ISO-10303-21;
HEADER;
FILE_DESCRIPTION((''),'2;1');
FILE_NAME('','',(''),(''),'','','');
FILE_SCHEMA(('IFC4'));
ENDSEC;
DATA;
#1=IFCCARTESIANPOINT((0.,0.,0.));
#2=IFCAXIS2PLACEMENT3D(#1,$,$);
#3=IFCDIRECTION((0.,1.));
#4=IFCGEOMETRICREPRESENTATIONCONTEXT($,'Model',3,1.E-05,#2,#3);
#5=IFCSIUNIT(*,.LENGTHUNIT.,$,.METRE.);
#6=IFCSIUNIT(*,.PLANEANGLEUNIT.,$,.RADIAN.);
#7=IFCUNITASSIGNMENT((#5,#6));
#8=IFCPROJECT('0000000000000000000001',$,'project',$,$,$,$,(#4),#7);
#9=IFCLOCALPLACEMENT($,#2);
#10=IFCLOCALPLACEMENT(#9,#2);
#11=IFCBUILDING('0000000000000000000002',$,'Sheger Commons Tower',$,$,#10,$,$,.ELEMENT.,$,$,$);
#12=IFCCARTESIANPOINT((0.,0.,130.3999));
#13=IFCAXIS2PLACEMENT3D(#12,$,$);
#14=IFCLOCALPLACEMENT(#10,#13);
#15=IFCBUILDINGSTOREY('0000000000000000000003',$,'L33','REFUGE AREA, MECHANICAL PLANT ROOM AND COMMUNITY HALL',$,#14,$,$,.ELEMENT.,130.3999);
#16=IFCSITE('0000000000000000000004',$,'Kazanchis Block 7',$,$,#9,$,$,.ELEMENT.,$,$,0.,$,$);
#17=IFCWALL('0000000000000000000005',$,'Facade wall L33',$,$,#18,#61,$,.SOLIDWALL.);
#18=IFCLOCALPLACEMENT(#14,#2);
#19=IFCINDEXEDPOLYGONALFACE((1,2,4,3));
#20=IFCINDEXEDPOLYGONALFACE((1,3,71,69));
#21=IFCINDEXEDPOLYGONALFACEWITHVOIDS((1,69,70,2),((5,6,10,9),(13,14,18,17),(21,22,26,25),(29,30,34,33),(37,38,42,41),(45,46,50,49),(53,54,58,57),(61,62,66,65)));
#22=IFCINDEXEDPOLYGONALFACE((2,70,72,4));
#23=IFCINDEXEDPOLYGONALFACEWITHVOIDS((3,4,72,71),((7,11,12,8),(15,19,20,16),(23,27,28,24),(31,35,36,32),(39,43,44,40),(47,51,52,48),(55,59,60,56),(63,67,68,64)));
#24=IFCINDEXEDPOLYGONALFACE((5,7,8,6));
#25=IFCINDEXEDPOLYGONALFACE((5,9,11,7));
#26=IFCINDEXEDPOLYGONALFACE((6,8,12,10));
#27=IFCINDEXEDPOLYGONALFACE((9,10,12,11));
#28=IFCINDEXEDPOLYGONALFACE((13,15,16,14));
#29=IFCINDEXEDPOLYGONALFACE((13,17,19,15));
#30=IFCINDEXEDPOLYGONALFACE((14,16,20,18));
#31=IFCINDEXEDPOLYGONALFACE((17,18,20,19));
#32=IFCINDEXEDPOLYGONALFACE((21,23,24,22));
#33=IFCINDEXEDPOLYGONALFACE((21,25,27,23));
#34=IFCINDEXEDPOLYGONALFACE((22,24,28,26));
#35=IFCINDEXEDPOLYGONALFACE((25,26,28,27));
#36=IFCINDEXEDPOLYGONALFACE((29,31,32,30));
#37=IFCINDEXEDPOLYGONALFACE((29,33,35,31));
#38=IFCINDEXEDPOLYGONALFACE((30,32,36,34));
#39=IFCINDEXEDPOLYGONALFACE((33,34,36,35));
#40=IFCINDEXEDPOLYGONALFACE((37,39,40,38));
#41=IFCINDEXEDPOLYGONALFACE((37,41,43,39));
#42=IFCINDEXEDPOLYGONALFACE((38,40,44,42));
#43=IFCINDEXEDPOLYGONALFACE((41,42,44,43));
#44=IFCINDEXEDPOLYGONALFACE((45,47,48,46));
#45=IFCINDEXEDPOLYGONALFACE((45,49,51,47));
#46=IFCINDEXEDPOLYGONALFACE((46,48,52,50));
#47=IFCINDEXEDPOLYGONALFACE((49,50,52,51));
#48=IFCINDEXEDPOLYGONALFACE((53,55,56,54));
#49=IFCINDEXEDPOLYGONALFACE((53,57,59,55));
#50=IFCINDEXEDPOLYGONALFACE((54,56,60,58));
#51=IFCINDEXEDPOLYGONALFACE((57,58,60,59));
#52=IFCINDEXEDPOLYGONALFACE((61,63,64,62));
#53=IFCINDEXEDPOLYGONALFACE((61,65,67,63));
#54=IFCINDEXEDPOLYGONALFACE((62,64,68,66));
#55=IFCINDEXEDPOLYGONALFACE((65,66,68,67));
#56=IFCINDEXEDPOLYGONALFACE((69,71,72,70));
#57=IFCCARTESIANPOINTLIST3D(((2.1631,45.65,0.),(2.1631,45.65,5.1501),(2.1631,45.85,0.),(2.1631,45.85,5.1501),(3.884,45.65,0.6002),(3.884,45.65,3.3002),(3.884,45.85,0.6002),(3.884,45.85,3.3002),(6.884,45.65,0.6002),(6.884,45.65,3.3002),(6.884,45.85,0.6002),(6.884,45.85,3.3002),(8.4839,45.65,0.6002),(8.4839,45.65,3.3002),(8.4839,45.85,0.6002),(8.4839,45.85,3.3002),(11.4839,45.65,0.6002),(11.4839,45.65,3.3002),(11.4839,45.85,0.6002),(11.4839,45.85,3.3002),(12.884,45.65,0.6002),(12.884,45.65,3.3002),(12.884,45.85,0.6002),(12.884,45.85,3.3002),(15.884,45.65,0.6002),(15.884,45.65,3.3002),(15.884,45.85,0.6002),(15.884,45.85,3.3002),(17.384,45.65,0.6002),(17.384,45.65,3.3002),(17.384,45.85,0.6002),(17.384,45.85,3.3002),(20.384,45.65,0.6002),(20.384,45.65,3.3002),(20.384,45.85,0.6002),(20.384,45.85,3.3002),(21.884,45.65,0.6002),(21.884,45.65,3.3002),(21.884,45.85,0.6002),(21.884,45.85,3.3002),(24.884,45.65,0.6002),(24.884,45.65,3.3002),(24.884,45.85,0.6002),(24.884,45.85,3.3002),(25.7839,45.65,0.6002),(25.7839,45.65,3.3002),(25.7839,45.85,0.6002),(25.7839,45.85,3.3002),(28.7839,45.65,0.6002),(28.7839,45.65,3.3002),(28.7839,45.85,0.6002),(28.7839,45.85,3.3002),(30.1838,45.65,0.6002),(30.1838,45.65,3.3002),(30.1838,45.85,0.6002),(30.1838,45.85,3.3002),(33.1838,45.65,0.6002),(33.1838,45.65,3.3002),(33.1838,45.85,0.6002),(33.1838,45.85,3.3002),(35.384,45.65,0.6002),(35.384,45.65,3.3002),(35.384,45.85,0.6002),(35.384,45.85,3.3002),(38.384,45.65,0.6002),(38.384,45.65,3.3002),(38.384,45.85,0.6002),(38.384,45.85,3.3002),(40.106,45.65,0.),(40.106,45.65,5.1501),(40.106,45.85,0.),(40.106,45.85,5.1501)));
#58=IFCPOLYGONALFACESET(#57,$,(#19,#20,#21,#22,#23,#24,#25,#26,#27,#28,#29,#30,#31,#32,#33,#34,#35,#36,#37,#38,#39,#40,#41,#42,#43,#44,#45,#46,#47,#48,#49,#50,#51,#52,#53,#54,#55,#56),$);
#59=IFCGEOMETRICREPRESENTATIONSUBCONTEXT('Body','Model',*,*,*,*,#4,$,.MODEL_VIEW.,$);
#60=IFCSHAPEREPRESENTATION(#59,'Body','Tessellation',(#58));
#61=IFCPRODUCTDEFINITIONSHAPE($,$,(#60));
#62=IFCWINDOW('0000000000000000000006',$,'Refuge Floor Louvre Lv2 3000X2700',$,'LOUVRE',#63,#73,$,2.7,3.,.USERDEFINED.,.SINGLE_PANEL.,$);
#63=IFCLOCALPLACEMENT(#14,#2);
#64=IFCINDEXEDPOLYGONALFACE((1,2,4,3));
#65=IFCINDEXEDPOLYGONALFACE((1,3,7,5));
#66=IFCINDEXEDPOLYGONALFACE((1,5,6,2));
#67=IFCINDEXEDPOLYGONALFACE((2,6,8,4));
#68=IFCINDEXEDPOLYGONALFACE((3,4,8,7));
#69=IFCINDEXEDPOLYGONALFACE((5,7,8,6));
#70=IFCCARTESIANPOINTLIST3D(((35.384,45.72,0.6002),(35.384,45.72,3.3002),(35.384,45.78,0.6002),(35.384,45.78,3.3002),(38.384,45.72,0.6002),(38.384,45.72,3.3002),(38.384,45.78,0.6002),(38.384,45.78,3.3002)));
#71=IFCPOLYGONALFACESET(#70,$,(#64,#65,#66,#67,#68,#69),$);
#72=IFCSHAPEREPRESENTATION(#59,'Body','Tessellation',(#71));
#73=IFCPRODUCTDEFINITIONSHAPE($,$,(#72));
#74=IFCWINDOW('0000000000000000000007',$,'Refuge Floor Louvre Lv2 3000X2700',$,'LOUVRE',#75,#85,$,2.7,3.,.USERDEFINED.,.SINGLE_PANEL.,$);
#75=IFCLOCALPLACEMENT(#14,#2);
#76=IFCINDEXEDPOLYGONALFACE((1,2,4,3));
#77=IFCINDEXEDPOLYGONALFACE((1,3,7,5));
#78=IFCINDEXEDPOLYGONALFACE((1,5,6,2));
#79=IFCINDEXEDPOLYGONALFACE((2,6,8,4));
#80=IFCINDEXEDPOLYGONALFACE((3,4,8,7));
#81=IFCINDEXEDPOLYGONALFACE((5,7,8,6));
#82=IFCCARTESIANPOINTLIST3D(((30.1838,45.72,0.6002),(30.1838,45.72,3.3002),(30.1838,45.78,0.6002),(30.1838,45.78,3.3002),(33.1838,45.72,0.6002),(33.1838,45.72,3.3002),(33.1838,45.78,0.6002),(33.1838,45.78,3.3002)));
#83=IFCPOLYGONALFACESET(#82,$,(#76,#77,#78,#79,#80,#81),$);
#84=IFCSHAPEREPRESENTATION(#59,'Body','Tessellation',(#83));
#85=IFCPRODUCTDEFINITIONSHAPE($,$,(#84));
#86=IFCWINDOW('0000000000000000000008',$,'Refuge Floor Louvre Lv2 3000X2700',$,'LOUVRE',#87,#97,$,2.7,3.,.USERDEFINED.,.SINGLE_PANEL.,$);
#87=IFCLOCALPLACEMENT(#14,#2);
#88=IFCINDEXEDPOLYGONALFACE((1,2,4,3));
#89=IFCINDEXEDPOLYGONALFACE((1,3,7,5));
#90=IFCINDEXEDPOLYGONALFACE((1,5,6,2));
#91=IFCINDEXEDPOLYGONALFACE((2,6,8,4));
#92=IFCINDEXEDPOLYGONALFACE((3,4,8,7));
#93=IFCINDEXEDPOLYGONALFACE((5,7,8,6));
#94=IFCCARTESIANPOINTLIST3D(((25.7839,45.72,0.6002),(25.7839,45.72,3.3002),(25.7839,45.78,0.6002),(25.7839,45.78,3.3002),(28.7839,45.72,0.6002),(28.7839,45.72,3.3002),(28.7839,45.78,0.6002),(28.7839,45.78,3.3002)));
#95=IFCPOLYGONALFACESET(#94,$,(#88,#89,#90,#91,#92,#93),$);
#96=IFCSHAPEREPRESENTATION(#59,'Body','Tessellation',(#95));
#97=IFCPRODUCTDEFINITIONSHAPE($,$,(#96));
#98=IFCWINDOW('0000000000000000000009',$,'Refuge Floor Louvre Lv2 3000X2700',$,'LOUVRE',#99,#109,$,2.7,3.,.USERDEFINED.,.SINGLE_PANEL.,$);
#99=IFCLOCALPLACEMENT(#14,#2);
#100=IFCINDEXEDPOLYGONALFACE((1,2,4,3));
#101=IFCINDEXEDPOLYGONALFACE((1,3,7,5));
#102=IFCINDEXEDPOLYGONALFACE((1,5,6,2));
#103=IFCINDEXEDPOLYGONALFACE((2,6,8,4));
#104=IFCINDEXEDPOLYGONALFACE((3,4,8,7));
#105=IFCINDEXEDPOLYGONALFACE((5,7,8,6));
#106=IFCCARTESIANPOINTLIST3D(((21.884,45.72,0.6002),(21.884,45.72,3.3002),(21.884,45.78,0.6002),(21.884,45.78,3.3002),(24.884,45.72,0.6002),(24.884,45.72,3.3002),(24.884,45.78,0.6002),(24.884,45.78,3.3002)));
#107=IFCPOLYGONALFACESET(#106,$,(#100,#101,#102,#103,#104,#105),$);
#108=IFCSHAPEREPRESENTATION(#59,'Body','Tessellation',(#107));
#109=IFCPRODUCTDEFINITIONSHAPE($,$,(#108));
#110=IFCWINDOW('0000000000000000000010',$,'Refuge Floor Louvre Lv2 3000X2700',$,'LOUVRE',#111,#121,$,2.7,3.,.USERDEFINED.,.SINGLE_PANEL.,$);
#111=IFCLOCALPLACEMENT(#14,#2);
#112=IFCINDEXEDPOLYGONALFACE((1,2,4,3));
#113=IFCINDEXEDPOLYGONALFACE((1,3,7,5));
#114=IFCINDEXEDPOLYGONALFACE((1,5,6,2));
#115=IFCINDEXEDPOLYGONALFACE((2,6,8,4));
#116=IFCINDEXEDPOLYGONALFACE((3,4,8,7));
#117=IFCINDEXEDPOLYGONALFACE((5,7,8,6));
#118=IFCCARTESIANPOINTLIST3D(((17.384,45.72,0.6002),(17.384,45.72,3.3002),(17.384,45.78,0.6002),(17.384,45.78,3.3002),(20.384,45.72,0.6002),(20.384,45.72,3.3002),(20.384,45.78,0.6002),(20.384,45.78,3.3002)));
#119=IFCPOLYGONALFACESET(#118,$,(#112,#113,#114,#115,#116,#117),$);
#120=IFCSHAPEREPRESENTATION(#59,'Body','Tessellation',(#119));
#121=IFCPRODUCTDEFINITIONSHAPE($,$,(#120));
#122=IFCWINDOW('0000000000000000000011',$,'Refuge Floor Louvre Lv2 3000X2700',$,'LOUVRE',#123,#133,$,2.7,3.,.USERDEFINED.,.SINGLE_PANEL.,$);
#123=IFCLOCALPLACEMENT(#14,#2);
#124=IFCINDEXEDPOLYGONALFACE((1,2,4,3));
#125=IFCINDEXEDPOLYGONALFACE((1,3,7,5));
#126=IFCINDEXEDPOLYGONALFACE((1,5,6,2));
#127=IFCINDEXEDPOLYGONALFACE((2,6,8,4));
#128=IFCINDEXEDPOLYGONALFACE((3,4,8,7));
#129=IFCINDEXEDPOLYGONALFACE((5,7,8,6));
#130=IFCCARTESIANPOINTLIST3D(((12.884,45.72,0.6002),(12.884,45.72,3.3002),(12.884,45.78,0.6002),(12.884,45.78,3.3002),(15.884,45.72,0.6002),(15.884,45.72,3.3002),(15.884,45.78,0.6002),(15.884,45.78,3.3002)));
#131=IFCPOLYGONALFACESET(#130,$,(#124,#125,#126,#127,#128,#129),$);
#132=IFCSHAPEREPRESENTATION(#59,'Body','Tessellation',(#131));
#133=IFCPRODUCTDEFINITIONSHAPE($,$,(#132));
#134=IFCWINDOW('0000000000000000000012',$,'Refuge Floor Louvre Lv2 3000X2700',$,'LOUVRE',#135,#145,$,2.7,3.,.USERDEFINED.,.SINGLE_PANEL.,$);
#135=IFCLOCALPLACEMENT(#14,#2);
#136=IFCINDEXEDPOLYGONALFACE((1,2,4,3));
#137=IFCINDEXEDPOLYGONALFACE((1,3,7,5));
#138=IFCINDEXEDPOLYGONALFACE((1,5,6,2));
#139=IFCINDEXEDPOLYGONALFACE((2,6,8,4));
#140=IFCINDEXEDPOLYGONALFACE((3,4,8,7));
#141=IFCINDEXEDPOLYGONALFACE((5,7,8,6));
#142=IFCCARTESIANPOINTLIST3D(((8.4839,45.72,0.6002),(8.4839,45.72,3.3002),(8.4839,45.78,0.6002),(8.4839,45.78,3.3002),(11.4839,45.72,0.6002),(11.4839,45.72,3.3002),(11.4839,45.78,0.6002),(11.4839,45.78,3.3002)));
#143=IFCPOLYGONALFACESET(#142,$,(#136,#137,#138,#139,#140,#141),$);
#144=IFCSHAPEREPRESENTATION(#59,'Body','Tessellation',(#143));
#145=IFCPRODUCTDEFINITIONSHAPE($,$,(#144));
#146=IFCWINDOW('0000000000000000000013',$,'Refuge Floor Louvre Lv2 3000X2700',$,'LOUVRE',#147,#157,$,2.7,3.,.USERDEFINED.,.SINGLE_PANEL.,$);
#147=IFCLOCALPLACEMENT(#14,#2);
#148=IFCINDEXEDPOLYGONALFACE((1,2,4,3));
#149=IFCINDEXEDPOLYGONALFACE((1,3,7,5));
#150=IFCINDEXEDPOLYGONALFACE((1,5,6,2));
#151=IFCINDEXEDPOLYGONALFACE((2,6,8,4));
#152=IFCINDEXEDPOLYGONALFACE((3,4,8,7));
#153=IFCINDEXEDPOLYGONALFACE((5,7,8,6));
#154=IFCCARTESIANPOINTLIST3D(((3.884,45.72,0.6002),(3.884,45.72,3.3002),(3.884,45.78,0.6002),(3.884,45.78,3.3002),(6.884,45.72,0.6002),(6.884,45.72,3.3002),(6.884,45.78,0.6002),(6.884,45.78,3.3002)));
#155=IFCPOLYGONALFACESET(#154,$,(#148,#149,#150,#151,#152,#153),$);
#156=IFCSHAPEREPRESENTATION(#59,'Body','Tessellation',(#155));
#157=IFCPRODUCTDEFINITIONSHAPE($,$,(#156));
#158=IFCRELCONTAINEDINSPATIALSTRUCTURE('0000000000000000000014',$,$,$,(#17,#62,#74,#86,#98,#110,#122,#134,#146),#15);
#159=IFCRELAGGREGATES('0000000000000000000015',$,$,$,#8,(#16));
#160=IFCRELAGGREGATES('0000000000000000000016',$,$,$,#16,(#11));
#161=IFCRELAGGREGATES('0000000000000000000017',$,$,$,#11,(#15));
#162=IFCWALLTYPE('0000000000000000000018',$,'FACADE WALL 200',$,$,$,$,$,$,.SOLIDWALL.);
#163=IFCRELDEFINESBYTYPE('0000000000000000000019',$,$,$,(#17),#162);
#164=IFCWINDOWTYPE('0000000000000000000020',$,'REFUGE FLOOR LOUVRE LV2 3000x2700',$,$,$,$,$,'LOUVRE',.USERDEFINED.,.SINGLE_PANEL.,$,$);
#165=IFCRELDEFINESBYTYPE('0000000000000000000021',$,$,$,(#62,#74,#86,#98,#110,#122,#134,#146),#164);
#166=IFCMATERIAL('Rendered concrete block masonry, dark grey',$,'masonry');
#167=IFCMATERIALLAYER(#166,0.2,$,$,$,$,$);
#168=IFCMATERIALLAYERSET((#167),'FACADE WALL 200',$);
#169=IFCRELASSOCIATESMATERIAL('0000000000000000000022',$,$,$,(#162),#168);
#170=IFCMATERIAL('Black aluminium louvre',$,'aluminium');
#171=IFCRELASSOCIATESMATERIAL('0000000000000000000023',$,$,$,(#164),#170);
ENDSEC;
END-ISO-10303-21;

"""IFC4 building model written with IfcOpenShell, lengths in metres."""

from ifc_helpers import new_model, si_unit, direction, frame, frame_2d, origin, place, context, subcontext, project, spatial, rectangle, extrude, material, layer, layer_set, type_object, element, fill, save


model = new_model("IFC4")

# Units and contexts
model_context = context("Model", 3, precision=1e-05, world=origin(), true_north=direction((0.0, 1.0)))
body_context = subcontext(model_context, "Body", "Model", "MODEL_VIEW")
ifc_project = project(units=[si_unit("LENGTHUNIT", "METRE"), si_unit("PLANEANGLEUNIT", "RADIAN")], contexts=[model_context])

# Site, building, storey
site_placement = place(None, origin())
site = spatial("IfcSite", under=ifc_project, at=site_placement, Name="Kazanchis Block 7", CompositionType="ELEMENT", RefElevation=0.0)
building_placement = place(site_placement, origin())
building = spatial("IfcBuilding", under=site, at=building_placement, Name="Sheger Commons Tower", CompositionType="ELEMENT")
storey_placement = place(building_placement, frame((0.0, 0.0, 130.3999)))
storey = spatial("IfcBuildingStorey", under=building, at=storey_placement, Name="L33", Description="REFUGE AREA, MECHANICAL PLANT ROOM AND COMMUNITY HALL", CompositionType="ELEMENT", Elevation=130.3999)

# Shared definitions
ifc_material_1 = material(Name="Rendered concrete block masonry, dark grey", Category="masonry")
ifc_layer_1 = layer(ifc_material_1, 0.2)
ifc_layer_set_1 = layer_set([ifc_layer_1], Name="FACADE WALL 200")
wall_type = type_object("IfcWallType", Name="FACADE WALL 200", PredefinedType="SOLIDWALL", material=ifc_layer_set_1)

# Wall, openings, windows
wall_1_placement = place(storey_placement, frame((40.106, 45.75, 0.0), z_axis=(0.0, 0.0, 1.0), x_axis=(-1.0, 0.0, 0.0)))
wall_1 = element("IfcWall", 1, at=wall_1_placement, inside=storey, type_object=wall_type, Name="Facade wall L33", PredefinedType="SOLIDWALL", context=body_context, shape_type="SweptSolid", body=[
    extrude(rectangle(XDim=37.9429, YDim=0.2, at=frame_2d((18.9714, 0.0))), origin(), (0.0, 0.0, 1.0), 5.1501),
])
opening_1_placement = place(wall_1_placement, frame((1.7219, 0.0, 0.6001)))
opening_1 = element("IfcOpeningElement", 2, at=opening_1_placement, cuts=wall_1, PredefinedType="OPENING", context=body_context, shape_type="SweptSolid", body=[
    extrude(rectangle(XDim=3.0, YDim=2.7, at=frame_2d((1.5, 1.3501))), frame((0.0, 0.1099, 0.0), z_axis=(0.0, -1.0, 0.0), x_axis=(1.0, 0.0, 0.0)), (0.0, 0.0, 1.0), 0.22),
])
opening_2_placement = place(wall_1_placement, frame((6.9221, 0.0, 0.6001)))
opening_2 = element("IfcOpeningElement", 3, at=opening_2_placement, cuts=wall_1, PredefinedType="OPENING", context=body_context, shape_type="SweptSolid", body=[
    extrude(rectangle(XDim=3.0, YDim=2.7, at=frame_2d((1.5, 1.3501))), frame((0.0, 0.1099, 0.0), z_axis=(0.0, -1.0, 0.0), x_axis=(1.0, 0.0, 0.0)), (0.0, 0.0, 1.0), 0.22),
])
opening_3_placement = place(wall_1_placement, frame((11.322, 0.0, 0.6001)))
opening_3 = element("IfcOpeningElement", 4, at=opening_3_placement, cuts=wall_1, PredefinedType="OPENING", context=body_context, shape_type="SweptSolid", body=[
    extrude(rectangle(XDim=3.0, YDim=2.7, at=frame_2d((1.5, 1.3501))), frame((0.0, 0.1099, 0.0), z_axis=(0.0, -1.0, 0.0), x_axis=(1.0, 0.0, 0.0)), (0.0, 0.0, 1.0), 0.22),
])
opening_4_placement = place(wall_1_placement, frame((15.2219, 0.0, 0.6001)))
opening_4 = element("IfcOpeningElement", 5, at=opening_4_placement, cuts=wall_1, PredefinedType="OPENING", context=body_context, shape_type="SweptSolid", body=[
    extrude(rectangle(XDim=3.0, YDim=2.7, at=frame_2d((1.5, 1.3501))), frame((0.0, 0.1099, 0.0), z_axis=(0.0, -1.0, 0.0), x_axis=(1.0, 0.0, 0.0)), (0.0, 0.0, 1.0), 0.22),
])
opening_5_placement = place(wall_1_placement, frame((19.7219, 0.0, 0.6001)))
opening_5 = element("IfcOpeningElement", 6, at=opening_5_placement, cuts=wall_1, PredefinedType="OPENING", context=body_context, shape_type="SweptSolid", body=[
    extrude(rectangle(XDim=3.0, YDim=2.7, at=frame_2d((1.5, 1.3501))), frame((0.0, 0.1099, 0.0), z_axis=(0.0, -1.0, 0.0), x_axis=(1.0, 0.0, 0.0)), (0.0, 0.0, 1.0), 0.22),
])
opening_6_placement = place(wall_1_placement, frame((24.2219, 0.0, 0.6001)))
opening_6 = element("IfcOpeningElement", 7, at=opening_6_placement, cuts=wall_1, PredefinedType="OPENING", context=body_context, shape_type="SweptSolid", body=[
    extrude(rectangle(XDim=3.0, YDim=2.7, at=frame_2d((1.5, 1.3501))), frame((0.0, 0.1099, 0.0), z_axis=(0.0, -1.0, 0.0), x_axis=(1.0, 0.0, 0.0)), (0.0, 0.0, 1.0), 0.22),
])
opening_7_placement = place(wall_1_placement, frame((28.6221, 0.0, 0.6001)))
opening_7 = element("IfcOpeningElement", 8, at=opening_7_placement, cuts=wall_1, PredefinedType="OPENING", context=body_context, shape_type="SweptSolid", body=[
    extrude(rectangle(XDim=3.0, YDim=2.7, at=frame_2d((1.5, 1.3501))), frame((0.0, 0.1099, 0.0), z_axis=(0.0, -1.0, 0.0), x_axis=(1.0, 0.0, 0.0)), (0.0, 0.0, 1.0), 0.22),
])
opening_8_placement = place(wall_1_placement, frame((33.2219, 0.0, 0.6001)))
opening_8 = element("IfcOpeningElement", 9, at=opening_8_placement, cuts=wall_1, PredefinedType="OPENING", context=body_context, shape_type="SweptSolid", body=[
    extrude(rectangle(XDim=3.0, YDim=2.7, at=frame_2d((1.5, 1.3501))), frame((0.0, 0.1099, 0.0), z_axis=(0.0, -1.0, 0.0), x_axis=(1.0, 0.0, 0.0)), (0.0, 0.0, 1.0), 0.22),
])
ifc_material_2 = material(Name="Black aluminium louvre", Category="aluminium")
window_type = type_object("IfcWindowType", Name="REFUGE FLOOR LOUVRE LV2 3000x2700", ElementType="LOUVRE", PartitioningType="SINGLE_PANEL", PredefinedType="USERDEFINED", material=ifc_material_2)
window_1_placement = place(opening_1_placement, origin())
window_1 = element("IfcWindow", 10, at=window_1_placement, inside=storey, type_object=window_type, Name="Refuge Floor Louvre Lv2 3000X2700", ObjectType="LOUVRE", OverallHeight=2.7, OverallWidth=3.0, PartitioningType="SINGLE_PANEL", PredefinedType="USERDEFINED", context=body_context, shape_type="SweptSolid", body=[
    extrude(rectangle(XDim=3.0, YDim=2.7, at=frame_2d((1.5, 1.3501))), frame((0.0, 0.03, 0.0), z_axis=(0.0, -1.0, 0.0), x_axis=(1.0, 0.0, 0.0)), (0.0, 0.0, 1.0), 0.0601),
])
fill(opening_1, window_1)
window_2_placement = place(opening_2_placement, origin())
window_2 = element("IfcWindow", 11, at=window_2_placement, inside=storey, type_object=window_type, Name="Refuge Floor Louvre Lv2 3000X2700", ObjectType="LOUVRE", OverallHeight=2.7, OverallWidth=3.0, PartitioningType="SINGLE_PANEL", PredefinedType="USERDEFINED", context=body_context, shape_type="SweptSolid", body=[
    extrude(rectangle(XDim=3.0, YDim=2.7, at=frame_2d((1.5, 1.3501))), frame((0.0, 0.03, 0.0), z_axis=(0.0, -1.0, 0.0), x_axis=(1.0, 0.0, 0.0)), (0.0, 0.0, 1.0), 0.0601),
])
fill(opening_2, window_2)
window_3_placement = place(opening_3_placement, origin())
window_3 = element("IfcWindow", 12, at=window_3_placement, inside=storey, type_object=window_type, Name="Refuge Floor Louvre Lv2 3000X2700", ObjectType="LOUVRE", OverallHeight=2.7, OverallWidth=3.0, PartitioningType="SINGLE_PANEL", PredefinedType="USERDEFINED", context=body_context, shape_type="SweptSolid", body=[
    extrude(rectangle(XDim=3.0, YDim=2.7, at=frame_2d((1.5, 1.3501))), frame((0.0, 0.03, 0.0), z_axis=(0.0, -1.0, 0.0), x_axis=(1.0, 0.0, 0.0)), (0.0, 0.0, 1.0), 0.0601),
])
fill(opening_3, window_3)
window_4_placement = place(opening_4_placement, origin())
window_4 = element("IfcWindow", 13, at=window_4_placement, inside=storey, type_object=window_type, Name="Refuge Floor Louvre Lv2 3000X2700", ObjectType="LOUVRE", OverallHeight=2.7, OverallWidth=3.0, PartitioningType="SINGLE_PANEL", PredefinedType="USERDEFINED", context=body_context, shape_type="SweptSolid", body=[
    extrude(rectangle(XDim=3.0, YDim=2.7, at=frame_2d((1.5, 1.3501))), frame((0.0, 0.03, 0.0), z_axis=(0.0, -1.0, 0.0), x_axis=(1.0, 0.0, 0.0)), (0.0, 0.0, 1.0), 0.0601),
])
fill(opening_4, window_4)
window_5_placement = place(opening_5_placement, origin())
window_5 = element("IfcWindow", 14, at=window_5_placement, inside=storey, type_object=window_type, Name="Refuge Floor Louvre Lv2 3000X2700", ObjectType="LOUVRE", OverallHeight=2.7, OverallWidth=3.0, PartitioningType="SINGLE_PANEL", PredefinedType="USERDEFINED", context=body_context, shape_type="SweptSolid", body=[
    extrude(rectangle(XDim=3.0, YDim=2.7, at=frame_2d((1.5, 1.3501))), frame((0.0, 0.03, 0.0), z_axis=(0.0, -1.0, 0.0), x_axis=(1.0, 0.0, 0.0)), (0.0, 0.0, 1.0), 0.0601),
])
fill(opening_5, window_5)
window_6_placement = place(opening_6_placement, origin())
window_6 = element("IfcWindow", 15, at=window_6_placement, inside=storey, type_object=window_type, Name="Refuge Floor Louvre Lv2 3000X2700", ObjectType="LOUVRE", OverallHeight=2.7, OverallWidth=3.0, PartitioningType="SINGLE_PANEL", PredefinedType="USERDEFINED", context=body_context, shape_type="SweptSolid", body=[
    extrude(rectangle(XDim=3.0, YDim=2.7, at=frame_2d((1.5, 1.3501))), frame((0.0, 0.03, 0.0), z_axis=(0.0, -1.0, 0.0), x_axis=(1.0, 0.0, 0.0)), (0.0, 0.0, 1.0), 0.0601),
])
fill(opening_6, window_6)
window_7_placement = place(opening_7_placement, origin())
window_7 = element("IfcWindow", 16, at=window_7_placement, inside=storey, type_object=window_type, Name="Refuge Floor Louvre Lv2 3000X2700", ObjectType="LOUVRE", OverallHeight=2.7, OverallWidth=3.0, PartitioningType="SINGLE_PANEL", PredefinedType="USERDEFINED", context=body_context, shape_type="SweptSolid", body=[
    extrude(rectangle(XDim=3.0, YDim=2.7, at=frame_2d((1.5, 1.3501))), frame((0.0, 0.03, 0.0), z_axis=(0.0, -1.0, 0.0), x_axis=(1.0, 0.0, 0.0)), (0.0, 0.0, 1.0), 0.0601),
])
fill(opening_7, window_7)
window_8_placement = place(opening_8_placement, origin())
window_8 = element("IfcWindow", 17, at=window_8_placement, inside=storey, type_object=window_type, Name="Refuge Floor Louvre Lv2 3000X2700", ObjectType="LOUVRE", OverallHeight=2.7, OverallWidth=3.0, PartitioningType="SINGLE_PANEL", PredefinedType="USERDEFINED", context=body_context, shape_type="SweptSolid", body=[
    extrude(rectangle(XDim=3.0, YDim=2.7, at=frame_2d((1.5, 1.3501))), frame((0.0, 0.03, 0.0), z_axis=(0.0, -1.0, 0.0), x_axis=(1.0, 0.0, 0.0)), (0.0, 0.0, 1.0), 0.0601),
])
fill(opening_8, window_8)

save(model, "model.ifc")
